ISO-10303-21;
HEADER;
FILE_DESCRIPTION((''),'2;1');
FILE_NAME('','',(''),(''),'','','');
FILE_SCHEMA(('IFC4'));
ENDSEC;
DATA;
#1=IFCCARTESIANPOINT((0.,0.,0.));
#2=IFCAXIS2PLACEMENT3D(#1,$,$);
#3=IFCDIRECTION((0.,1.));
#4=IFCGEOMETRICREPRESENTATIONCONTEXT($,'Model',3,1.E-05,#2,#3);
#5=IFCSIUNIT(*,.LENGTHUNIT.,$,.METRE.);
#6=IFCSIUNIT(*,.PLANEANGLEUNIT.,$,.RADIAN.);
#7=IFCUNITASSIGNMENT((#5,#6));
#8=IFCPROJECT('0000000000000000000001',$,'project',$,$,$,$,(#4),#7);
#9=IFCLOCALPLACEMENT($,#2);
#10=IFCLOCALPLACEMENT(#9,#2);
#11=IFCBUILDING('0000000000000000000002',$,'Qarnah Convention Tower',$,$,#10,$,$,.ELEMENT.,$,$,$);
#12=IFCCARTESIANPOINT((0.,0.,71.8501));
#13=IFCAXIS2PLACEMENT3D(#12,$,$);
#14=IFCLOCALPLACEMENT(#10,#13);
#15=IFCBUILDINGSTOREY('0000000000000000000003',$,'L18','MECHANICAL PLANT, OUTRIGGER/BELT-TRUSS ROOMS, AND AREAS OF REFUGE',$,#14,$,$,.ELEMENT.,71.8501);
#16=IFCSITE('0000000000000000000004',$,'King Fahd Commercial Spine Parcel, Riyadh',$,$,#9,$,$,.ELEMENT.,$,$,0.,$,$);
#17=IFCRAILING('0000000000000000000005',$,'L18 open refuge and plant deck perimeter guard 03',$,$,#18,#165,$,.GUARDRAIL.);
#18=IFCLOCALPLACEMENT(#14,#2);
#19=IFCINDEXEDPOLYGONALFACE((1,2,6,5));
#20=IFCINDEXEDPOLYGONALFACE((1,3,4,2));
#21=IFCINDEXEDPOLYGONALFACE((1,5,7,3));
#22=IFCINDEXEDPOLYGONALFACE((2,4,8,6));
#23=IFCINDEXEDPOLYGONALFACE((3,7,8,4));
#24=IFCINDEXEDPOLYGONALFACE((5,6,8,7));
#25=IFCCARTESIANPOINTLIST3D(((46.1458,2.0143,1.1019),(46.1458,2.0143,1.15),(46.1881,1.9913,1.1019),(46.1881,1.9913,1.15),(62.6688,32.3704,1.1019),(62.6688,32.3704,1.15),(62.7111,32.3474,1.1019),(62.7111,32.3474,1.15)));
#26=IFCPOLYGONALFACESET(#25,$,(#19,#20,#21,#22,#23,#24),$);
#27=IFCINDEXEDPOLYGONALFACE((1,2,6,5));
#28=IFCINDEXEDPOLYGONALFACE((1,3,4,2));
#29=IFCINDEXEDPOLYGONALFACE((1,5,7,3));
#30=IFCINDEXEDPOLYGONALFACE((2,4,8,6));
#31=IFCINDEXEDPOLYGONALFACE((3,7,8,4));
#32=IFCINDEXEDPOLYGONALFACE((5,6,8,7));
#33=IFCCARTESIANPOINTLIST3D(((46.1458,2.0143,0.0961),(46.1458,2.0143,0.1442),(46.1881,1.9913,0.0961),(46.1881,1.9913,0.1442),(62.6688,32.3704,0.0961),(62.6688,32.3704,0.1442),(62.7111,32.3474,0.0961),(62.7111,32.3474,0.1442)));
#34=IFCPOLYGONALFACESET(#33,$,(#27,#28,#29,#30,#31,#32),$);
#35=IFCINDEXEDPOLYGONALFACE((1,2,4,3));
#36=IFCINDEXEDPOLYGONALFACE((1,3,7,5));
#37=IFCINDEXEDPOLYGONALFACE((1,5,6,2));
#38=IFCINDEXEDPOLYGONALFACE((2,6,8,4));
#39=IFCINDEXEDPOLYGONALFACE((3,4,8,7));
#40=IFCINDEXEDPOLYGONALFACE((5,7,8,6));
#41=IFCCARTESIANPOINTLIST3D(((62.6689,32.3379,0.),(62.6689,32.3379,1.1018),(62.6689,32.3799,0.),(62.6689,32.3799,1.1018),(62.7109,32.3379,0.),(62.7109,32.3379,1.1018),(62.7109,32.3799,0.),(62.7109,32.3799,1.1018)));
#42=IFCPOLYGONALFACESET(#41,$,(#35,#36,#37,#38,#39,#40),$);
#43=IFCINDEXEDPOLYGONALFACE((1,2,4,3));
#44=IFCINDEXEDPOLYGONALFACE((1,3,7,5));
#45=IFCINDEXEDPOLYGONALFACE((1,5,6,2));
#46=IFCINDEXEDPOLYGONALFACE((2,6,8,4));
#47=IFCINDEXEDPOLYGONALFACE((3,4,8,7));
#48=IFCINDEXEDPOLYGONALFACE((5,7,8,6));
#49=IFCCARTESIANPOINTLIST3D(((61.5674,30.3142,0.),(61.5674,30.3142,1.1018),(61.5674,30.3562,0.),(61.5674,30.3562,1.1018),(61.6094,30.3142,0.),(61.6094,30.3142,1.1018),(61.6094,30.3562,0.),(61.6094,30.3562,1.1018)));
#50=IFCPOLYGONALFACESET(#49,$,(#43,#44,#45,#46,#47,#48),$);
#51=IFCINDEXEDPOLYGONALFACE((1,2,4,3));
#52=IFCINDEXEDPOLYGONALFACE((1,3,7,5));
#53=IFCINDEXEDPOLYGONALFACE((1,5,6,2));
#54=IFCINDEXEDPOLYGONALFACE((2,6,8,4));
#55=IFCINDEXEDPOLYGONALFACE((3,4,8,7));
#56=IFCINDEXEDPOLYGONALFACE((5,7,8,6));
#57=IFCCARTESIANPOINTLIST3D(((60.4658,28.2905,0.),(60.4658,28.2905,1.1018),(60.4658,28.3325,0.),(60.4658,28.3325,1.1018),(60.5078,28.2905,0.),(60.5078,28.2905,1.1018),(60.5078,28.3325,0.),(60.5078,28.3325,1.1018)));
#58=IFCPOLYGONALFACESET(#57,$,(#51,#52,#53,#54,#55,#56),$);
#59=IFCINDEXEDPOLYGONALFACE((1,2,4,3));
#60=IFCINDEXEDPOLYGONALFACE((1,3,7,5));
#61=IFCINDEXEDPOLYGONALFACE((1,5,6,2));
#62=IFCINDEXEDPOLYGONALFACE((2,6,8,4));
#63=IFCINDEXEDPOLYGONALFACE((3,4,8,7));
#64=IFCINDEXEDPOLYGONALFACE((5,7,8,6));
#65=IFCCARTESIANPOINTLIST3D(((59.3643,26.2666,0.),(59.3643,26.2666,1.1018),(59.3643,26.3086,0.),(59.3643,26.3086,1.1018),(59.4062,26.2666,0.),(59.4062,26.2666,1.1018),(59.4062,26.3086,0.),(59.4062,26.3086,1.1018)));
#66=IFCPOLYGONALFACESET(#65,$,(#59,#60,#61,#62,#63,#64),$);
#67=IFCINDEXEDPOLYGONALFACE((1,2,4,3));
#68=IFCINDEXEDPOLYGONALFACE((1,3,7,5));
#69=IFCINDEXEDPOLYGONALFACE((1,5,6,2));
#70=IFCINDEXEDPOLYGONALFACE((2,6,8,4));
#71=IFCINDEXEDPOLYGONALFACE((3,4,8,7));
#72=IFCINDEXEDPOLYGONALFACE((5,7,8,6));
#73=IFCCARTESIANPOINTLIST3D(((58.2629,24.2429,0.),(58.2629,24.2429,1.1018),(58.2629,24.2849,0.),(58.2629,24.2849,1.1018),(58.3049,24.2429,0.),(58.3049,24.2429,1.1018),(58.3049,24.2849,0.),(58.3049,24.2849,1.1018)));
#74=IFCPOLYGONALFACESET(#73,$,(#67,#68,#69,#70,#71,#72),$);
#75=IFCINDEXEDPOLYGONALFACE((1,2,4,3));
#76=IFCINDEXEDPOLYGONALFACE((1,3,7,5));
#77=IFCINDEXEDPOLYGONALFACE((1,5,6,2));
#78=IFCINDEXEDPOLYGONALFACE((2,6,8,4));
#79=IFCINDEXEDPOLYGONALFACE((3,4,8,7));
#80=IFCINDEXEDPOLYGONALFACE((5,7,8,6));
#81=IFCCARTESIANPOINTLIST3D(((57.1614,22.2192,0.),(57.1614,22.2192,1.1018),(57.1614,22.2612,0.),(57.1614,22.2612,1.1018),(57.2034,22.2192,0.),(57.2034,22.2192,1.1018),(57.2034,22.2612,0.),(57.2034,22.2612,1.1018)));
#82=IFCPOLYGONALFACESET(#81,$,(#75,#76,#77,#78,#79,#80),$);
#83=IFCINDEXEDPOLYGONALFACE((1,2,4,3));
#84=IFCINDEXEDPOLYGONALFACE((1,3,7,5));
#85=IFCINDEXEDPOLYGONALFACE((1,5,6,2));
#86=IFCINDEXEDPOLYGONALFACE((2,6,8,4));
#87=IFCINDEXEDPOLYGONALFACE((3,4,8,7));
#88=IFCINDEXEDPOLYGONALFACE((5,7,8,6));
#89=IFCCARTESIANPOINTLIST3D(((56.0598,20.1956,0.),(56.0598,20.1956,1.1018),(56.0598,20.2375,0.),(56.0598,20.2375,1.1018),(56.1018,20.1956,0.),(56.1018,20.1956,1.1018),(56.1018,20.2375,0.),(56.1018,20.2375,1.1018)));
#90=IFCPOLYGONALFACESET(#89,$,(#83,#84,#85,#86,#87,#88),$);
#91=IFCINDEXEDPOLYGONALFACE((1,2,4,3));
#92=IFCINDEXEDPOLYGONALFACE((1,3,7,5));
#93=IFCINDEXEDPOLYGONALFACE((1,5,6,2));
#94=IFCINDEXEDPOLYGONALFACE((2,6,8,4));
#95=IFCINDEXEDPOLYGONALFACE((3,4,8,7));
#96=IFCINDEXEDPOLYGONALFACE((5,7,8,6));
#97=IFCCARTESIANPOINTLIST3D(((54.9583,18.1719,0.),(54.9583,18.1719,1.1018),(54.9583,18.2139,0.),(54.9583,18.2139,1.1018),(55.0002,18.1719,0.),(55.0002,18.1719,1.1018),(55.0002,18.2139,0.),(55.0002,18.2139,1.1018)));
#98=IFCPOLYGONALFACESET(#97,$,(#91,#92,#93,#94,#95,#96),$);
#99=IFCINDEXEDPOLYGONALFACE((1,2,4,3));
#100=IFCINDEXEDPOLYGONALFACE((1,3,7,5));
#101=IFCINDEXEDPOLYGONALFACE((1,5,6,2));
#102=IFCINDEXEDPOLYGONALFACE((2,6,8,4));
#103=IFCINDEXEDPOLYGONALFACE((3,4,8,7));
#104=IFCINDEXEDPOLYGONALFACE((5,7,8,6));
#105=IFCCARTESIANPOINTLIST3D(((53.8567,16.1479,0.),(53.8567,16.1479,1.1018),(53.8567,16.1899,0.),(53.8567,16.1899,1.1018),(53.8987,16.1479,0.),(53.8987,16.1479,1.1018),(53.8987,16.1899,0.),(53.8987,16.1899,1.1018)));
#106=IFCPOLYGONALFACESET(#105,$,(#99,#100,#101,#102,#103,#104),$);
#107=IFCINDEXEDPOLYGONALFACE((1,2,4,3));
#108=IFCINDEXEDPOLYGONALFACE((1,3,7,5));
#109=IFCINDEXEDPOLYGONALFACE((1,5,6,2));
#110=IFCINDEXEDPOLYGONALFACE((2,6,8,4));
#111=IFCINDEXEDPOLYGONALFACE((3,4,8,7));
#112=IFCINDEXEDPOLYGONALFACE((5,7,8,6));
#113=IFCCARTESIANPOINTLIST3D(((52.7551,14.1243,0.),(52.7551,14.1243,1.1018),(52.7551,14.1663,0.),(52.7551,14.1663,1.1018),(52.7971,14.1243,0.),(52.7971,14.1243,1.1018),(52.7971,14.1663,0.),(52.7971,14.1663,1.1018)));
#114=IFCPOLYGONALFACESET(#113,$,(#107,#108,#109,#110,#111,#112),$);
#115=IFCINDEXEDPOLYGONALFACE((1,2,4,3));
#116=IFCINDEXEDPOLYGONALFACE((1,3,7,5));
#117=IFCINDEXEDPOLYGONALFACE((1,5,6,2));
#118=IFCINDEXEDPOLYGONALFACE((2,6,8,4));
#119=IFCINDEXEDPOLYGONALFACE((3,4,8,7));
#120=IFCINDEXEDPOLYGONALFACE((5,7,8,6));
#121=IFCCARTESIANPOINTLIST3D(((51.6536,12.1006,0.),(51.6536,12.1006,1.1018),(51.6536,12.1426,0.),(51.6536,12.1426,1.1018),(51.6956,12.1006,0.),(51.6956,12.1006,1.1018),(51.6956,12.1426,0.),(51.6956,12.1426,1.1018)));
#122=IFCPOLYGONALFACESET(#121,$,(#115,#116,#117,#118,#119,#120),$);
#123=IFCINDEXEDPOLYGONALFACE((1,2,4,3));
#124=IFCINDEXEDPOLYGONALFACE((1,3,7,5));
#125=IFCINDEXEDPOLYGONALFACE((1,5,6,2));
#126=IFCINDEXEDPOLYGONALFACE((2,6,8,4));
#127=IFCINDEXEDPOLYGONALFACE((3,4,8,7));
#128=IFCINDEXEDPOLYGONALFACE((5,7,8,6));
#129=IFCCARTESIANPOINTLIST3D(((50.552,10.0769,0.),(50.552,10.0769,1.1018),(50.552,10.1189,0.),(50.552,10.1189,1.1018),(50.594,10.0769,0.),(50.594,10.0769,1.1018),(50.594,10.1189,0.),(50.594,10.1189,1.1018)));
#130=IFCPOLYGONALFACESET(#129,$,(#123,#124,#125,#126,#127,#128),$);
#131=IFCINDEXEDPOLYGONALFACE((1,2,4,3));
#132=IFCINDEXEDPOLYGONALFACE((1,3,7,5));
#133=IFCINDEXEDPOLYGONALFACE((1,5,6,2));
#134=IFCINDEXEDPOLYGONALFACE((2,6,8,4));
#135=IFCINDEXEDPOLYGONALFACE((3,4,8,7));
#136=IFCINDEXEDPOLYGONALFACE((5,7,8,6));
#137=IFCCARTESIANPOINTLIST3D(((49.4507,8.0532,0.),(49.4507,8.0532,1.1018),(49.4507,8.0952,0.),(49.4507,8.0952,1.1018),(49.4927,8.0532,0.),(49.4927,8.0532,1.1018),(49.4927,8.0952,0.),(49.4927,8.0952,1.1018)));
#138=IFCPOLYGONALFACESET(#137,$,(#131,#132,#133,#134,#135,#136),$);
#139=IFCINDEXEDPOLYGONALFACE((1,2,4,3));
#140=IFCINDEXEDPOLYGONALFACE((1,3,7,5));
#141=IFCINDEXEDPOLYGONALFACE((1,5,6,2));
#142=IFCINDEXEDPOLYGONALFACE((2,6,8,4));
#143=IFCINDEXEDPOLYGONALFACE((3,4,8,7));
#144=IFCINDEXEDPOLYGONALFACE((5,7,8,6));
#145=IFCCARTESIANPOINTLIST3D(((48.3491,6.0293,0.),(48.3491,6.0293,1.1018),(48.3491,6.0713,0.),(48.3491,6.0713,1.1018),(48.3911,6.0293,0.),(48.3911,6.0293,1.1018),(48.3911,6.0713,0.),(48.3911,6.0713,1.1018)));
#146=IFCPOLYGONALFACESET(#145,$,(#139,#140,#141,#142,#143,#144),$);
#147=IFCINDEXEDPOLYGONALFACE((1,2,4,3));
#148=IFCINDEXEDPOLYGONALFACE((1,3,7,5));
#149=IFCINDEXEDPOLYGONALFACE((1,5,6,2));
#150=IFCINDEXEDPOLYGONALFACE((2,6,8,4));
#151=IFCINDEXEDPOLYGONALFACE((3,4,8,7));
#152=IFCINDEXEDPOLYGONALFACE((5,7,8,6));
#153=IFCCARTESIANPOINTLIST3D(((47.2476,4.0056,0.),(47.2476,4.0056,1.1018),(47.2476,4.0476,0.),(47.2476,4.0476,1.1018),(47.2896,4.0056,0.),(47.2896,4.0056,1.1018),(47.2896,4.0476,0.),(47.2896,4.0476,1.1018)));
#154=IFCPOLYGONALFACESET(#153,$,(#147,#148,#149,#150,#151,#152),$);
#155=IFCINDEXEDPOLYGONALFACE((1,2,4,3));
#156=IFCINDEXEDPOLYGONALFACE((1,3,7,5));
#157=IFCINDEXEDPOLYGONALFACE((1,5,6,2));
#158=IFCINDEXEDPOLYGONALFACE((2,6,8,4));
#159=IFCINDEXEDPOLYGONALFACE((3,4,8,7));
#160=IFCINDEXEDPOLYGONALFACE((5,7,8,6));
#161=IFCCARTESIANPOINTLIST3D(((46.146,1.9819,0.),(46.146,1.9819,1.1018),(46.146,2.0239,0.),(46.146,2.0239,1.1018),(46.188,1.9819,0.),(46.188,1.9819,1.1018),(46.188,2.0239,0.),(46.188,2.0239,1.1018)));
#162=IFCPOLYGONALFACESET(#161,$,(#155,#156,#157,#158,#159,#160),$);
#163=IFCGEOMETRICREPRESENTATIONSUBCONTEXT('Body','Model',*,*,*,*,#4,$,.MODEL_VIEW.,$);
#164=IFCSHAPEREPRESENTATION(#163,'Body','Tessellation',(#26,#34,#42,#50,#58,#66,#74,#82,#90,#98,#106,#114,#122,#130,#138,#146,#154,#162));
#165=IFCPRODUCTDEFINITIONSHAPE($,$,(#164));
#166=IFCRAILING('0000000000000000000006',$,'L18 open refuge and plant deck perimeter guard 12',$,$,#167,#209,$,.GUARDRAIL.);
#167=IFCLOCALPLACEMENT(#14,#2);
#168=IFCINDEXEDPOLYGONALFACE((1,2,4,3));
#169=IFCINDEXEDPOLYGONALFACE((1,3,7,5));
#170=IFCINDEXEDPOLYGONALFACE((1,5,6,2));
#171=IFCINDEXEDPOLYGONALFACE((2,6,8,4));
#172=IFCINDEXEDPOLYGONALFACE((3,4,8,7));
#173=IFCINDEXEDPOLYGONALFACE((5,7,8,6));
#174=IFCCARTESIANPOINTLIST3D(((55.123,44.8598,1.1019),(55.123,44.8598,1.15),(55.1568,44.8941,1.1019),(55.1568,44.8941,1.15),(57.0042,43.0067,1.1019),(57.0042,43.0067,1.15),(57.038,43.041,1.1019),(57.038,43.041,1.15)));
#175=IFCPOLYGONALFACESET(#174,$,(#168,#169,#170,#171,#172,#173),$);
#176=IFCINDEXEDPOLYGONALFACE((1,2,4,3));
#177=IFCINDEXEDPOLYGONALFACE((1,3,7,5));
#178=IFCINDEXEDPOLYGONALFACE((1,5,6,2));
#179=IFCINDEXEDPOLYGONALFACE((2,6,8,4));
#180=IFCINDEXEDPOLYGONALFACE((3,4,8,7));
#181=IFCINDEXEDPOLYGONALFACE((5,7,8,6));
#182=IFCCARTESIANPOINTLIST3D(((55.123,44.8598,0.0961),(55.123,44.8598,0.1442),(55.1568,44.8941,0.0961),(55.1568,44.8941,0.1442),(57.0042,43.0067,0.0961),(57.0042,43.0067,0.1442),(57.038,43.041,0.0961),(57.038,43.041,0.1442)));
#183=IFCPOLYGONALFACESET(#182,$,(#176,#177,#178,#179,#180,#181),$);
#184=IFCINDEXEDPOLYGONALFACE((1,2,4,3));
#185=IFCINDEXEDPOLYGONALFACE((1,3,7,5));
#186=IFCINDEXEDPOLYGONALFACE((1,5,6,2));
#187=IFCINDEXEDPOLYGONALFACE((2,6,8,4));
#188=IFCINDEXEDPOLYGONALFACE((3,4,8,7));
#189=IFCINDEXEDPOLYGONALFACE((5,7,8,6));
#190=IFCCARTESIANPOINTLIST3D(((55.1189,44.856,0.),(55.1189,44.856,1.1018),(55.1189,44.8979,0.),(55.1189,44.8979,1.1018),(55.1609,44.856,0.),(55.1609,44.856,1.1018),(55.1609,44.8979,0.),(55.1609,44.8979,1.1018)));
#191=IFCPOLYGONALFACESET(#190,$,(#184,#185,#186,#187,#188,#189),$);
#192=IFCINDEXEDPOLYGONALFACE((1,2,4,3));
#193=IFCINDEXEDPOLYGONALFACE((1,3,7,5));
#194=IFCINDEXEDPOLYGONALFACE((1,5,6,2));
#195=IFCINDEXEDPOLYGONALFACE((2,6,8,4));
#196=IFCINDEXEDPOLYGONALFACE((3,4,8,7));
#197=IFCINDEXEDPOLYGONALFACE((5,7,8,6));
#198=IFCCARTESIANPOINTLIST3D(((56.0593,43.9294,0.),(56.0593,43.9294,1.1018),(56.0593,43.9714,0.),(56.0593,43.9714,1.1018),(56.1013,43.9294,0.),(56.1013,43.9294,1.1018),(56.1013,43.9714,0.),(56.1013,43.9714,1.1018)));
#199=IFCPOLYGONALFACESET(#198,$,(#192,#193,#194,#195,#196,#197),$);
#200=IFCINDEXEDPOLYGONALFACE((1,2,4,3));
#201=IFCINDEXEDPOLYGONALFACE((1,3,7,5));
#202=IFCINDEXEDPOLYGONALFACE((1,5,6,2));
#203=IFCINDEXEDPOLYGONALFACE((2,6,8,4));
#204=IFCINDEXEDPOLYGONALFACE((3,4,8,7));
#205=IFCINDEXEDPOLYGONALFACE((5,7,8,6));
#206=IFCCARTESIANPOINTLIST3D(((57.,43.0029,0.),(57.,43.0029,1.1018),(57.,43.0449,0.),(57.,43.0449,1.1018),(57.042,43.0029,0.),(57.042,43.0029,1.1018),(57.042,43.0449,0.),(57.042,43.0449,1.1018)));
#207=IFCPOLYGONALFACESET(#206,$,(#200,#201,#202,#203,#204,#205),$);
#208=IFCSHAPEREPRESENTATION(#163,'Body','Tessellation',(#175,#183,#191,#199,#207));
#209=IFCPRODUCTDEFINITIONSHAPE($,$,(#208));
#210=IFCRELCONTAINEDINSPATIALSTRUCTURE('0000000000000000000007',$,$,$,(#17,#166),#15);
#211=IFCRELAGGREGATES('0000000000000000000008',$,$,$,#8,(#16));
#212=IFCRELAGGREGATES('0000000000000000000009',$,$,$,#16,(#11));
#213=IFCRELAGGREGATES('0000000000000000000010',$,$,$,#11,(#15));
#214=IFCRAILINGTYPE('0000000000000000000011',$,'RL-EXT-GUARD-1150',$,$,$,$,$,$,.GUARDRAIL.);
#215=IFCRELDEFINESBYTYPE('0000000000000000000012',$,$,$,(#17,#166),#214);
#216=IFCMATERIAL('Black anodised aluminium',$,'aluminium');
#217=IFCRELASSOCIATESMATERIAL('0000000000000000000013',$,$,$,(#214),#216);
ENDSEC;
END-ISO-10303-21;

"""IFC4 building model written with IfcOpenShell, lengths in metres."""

from ifc_helpers import new_model, si_unit, direction, frame, origin, origin_2d, place, context, subcontext, project, spatial, rectangle, extrude, material, type_object, element, save


model = new_model("IFC4")

# Units and contexts
model_context = context("Model", 3, precision=1e-05, world=origin(), true_north=direction((0.0, 1.0)))
body_context = subcontext(model_context, "Body", "Model", "MODEL_VIEW")
ifc_project = project(units=[si_unit("LENGTHUNIT", "METRE"), si_unit("PLANEANGLEUNIT", "RADIAN")], contexts=[model_context])

# Site, building, storey
site_placement = place(None, origin())
site = spatial("IfcSite", under=ifc_project, at=site_placement, Name="King Fahd Commercial Spine Parcel, Riyadh", CompositionType="ELEMENT", RefElevation=0.0)
building_placement = place(site_placement, origin())
building = spatial("IfcBuilding", under=site, at=building_placement, Name="Qarnah Convention Tower", CompositionType="ELEMENT")
storey_placement = place(building_placement, frame((0.0, 0.0, 71.8501)))
storey = spatial("IfcBuildingStorey", under=building, at=storey_placement, Name="L18", Description="MECHANICAL PLANT, OUTRIGGER/BELT-TRUSS ROOMS, AND AREAS OF REFUGE", CompositionType="ELEMENT", Elevation=71.8501)

# Railings
ifc_material_1 = material(Name="Black anodised aluminium", Category="aluminium")
railing_type = type_object("IfcRailingType", Name="RL-EXT-GUARD-1150", PredefinedType="GUARDRAIL", material=ifc_material_1)
railing_1_placement = place(storey_placement, frame((62.6899, 32.3589, 0.0)))
element("IfcRailing", 1, at=railing_1_placement, inside=storey, type_object=railing_type, Name="L18 open refuge and plant deck perimeter guard 03", PredefinedType="GUARDRAIL", context=body_context, shape_type="SweptSolid", body=[
    extrude(rectangle(XDim=0.0481, YDim=0.0481, at=origin_2d()), frame((0.0, 0.0, 1.126), z_axis=(-0.478075, -0.878319, 0.0), x_axis=(0.878319, -0.478075, 0.0)), (0.0, 0.0, 1.0), 34.5615),
    extrude(rectangle(XDim=0.0481, YDim=0.0481, at=origin_2d()), frame((0.0, 0.0, 0.1201), z_axis=(-0.478075, -0.878319, 0.0), x_axis=(0.878319, -0.478075, 0.0)), (0.0, 0.0, 1.0), 34.5615),
    extrude(rectangle(XDim=0.042, YDim=0.042, at=origin_2d()), origin(), (0.0, 0.0, 1.0), 1.1018),
    extrude(rectangle(XDim=0.042, YDim=0.042, at=origin_2d()), frame((-1.1016, -2.0237, 0.0)), (0.0, 0.0, 1.0), 1.1018),
    extrude(rectangle(XDim=0.042, YDim=0.042, at=origin_2d()), frame((-2.2031, -4.0474, 0.0)), (0.0, 0.0, 1.0), 1.1018),
    extrude(rectangle(XDim=0.042, YDim=0.042, at=origin_2d()), frame((-3.3047, -6.0713, 0.0)), (0.0, 0.0, 1.0), 1.1018),
    extrude(rectangle(XDim=0.042, YDim=0.042, at=origin_2d()), frame((-4.406, -8.095, 0.0)), (0.0, 0.0, 1.0), 1.1018),
    extrude(rectangle(XDim=0.042, YDim=0.042, at=origin_2d()), frame((-5.5076, -10.1187, 0.0)), (0.0, 0.0, 1.0), 1.1018),
    extrude(rectangle(XDim=0.042, YDim=0.042, at=origin_2d()), frame((-6.6091, -12.1423, 0.0)), (0.0, 0.0, 1.0), 1.1018),
    extrude(rectangle(XDim=0.042, YDim=0.042, at=origin_2d()), frame((-7.7107, -14.166, 0.0)), (0.0, 0.0, 1.0), 1.1018),
    extrude(rectangle(XDim=0.042, YDim=0.042, at=origin_2d()), frame((-8.8123, -16.1899, 0.0)), (0.0, 0.0, 1.0), 1.1018),
    extrude(rectangle(XDim=0.042, YDim=0.042, at=origin_2d()), frame((-9.9138, -18.2136, 0.0)), (0.0, 0.0, 1.0), 1.1018),
    extrude(rectangle(XDim=0.042, YDim=0.042, at=origin_2d()), frame((-11.0154, -20.2373, 0.0)), (0.0, 0.0, 1.0), 1.1018),
    extrude(rectangle(XDim=0.042, YDim=0.042, at=origin_2d()), frame((-12.1169, -22.261, 0.0)), (0.0, 0.0, 1.0), 1.1018),
    extrude(rectangle(XDim=0.042, YDim=0.042, at=origin_2d()), frame((-13.2183, -24.2847, 0.0)), (0.0, 0.0, 1.0), 1.1018),
    extrude(rectangle(XDim=0.042, YDim=0.042, at=origin_2d()), frame((-14.3198, -26.3086, 0.0)), (0.0, 0.0, 1.0), 1.1018),
    extrude(rectangle(XDim=0.042, YDim=0.042, at=origin_2d()), frame((-15.4214, -28.3323, 0.0)), (0.0, 0.0, 1.0), 1.1018),
    extrude(rectangle(XDim=0.042, YDim=0.042, at=origin_2d()), frame((-16.5229, -30.356, 0.0)), (0.0, 0.0, 1.0), 1.1018),
])
railing_2_placement = place(storey_placement, frame((55.1399, 44.877, 0.0)))
element("IfcRailing", 2, at=railing_2_placement, inside=storey, type_object=railing_type, Name="L18 open refuge and plant deck perimeter guard 12", PredefinedType="GUARDRAIL", context=body_context, shape_type="SweptSolid", body=[
    extrude(rectangle(XDim=0.0481, YDim=0.0481, at=origin_2d()), frame((0.0, 0.0, 1.126), z_axis=(0.712403, -0.70177, 0.0), x_axis=(0.70177, 0.712403, 0.0)), (0.0, 0.0, 1.0), 2.6406),
    extrude(rectangle(XDim=0.0481, YDim=0.0481, at=origin_2d()), frame((0.0, 0.0, 0.1201), z_axis=(0.712403, -0.70177, 0.0), x_axis=(0.70177, 0.712403, 0.0)), (0.0, 0.0, 1.0), 2.6406),
    extrude(rectangle(XDim=0.042, YDim=0.042, at=origin_2d()), origin(), (0.0, 0.0, 1.0), 1.1018),
    extrude(rectangle(XDim=0.042, YDim=0.042, at=origin_2d()), frame((0.9404, -0.9265, 0.0)), (0.0, 0.0, 1.0), 1.1018),
    extrude(rectangle(XDim=0.042, YDim=0.042, at=origin_2d()), frame((1.8811, -1.853, 0.0)), (0.0, 0.0, 1.0), 1.1018),
])

save(model, "model.ifc")
